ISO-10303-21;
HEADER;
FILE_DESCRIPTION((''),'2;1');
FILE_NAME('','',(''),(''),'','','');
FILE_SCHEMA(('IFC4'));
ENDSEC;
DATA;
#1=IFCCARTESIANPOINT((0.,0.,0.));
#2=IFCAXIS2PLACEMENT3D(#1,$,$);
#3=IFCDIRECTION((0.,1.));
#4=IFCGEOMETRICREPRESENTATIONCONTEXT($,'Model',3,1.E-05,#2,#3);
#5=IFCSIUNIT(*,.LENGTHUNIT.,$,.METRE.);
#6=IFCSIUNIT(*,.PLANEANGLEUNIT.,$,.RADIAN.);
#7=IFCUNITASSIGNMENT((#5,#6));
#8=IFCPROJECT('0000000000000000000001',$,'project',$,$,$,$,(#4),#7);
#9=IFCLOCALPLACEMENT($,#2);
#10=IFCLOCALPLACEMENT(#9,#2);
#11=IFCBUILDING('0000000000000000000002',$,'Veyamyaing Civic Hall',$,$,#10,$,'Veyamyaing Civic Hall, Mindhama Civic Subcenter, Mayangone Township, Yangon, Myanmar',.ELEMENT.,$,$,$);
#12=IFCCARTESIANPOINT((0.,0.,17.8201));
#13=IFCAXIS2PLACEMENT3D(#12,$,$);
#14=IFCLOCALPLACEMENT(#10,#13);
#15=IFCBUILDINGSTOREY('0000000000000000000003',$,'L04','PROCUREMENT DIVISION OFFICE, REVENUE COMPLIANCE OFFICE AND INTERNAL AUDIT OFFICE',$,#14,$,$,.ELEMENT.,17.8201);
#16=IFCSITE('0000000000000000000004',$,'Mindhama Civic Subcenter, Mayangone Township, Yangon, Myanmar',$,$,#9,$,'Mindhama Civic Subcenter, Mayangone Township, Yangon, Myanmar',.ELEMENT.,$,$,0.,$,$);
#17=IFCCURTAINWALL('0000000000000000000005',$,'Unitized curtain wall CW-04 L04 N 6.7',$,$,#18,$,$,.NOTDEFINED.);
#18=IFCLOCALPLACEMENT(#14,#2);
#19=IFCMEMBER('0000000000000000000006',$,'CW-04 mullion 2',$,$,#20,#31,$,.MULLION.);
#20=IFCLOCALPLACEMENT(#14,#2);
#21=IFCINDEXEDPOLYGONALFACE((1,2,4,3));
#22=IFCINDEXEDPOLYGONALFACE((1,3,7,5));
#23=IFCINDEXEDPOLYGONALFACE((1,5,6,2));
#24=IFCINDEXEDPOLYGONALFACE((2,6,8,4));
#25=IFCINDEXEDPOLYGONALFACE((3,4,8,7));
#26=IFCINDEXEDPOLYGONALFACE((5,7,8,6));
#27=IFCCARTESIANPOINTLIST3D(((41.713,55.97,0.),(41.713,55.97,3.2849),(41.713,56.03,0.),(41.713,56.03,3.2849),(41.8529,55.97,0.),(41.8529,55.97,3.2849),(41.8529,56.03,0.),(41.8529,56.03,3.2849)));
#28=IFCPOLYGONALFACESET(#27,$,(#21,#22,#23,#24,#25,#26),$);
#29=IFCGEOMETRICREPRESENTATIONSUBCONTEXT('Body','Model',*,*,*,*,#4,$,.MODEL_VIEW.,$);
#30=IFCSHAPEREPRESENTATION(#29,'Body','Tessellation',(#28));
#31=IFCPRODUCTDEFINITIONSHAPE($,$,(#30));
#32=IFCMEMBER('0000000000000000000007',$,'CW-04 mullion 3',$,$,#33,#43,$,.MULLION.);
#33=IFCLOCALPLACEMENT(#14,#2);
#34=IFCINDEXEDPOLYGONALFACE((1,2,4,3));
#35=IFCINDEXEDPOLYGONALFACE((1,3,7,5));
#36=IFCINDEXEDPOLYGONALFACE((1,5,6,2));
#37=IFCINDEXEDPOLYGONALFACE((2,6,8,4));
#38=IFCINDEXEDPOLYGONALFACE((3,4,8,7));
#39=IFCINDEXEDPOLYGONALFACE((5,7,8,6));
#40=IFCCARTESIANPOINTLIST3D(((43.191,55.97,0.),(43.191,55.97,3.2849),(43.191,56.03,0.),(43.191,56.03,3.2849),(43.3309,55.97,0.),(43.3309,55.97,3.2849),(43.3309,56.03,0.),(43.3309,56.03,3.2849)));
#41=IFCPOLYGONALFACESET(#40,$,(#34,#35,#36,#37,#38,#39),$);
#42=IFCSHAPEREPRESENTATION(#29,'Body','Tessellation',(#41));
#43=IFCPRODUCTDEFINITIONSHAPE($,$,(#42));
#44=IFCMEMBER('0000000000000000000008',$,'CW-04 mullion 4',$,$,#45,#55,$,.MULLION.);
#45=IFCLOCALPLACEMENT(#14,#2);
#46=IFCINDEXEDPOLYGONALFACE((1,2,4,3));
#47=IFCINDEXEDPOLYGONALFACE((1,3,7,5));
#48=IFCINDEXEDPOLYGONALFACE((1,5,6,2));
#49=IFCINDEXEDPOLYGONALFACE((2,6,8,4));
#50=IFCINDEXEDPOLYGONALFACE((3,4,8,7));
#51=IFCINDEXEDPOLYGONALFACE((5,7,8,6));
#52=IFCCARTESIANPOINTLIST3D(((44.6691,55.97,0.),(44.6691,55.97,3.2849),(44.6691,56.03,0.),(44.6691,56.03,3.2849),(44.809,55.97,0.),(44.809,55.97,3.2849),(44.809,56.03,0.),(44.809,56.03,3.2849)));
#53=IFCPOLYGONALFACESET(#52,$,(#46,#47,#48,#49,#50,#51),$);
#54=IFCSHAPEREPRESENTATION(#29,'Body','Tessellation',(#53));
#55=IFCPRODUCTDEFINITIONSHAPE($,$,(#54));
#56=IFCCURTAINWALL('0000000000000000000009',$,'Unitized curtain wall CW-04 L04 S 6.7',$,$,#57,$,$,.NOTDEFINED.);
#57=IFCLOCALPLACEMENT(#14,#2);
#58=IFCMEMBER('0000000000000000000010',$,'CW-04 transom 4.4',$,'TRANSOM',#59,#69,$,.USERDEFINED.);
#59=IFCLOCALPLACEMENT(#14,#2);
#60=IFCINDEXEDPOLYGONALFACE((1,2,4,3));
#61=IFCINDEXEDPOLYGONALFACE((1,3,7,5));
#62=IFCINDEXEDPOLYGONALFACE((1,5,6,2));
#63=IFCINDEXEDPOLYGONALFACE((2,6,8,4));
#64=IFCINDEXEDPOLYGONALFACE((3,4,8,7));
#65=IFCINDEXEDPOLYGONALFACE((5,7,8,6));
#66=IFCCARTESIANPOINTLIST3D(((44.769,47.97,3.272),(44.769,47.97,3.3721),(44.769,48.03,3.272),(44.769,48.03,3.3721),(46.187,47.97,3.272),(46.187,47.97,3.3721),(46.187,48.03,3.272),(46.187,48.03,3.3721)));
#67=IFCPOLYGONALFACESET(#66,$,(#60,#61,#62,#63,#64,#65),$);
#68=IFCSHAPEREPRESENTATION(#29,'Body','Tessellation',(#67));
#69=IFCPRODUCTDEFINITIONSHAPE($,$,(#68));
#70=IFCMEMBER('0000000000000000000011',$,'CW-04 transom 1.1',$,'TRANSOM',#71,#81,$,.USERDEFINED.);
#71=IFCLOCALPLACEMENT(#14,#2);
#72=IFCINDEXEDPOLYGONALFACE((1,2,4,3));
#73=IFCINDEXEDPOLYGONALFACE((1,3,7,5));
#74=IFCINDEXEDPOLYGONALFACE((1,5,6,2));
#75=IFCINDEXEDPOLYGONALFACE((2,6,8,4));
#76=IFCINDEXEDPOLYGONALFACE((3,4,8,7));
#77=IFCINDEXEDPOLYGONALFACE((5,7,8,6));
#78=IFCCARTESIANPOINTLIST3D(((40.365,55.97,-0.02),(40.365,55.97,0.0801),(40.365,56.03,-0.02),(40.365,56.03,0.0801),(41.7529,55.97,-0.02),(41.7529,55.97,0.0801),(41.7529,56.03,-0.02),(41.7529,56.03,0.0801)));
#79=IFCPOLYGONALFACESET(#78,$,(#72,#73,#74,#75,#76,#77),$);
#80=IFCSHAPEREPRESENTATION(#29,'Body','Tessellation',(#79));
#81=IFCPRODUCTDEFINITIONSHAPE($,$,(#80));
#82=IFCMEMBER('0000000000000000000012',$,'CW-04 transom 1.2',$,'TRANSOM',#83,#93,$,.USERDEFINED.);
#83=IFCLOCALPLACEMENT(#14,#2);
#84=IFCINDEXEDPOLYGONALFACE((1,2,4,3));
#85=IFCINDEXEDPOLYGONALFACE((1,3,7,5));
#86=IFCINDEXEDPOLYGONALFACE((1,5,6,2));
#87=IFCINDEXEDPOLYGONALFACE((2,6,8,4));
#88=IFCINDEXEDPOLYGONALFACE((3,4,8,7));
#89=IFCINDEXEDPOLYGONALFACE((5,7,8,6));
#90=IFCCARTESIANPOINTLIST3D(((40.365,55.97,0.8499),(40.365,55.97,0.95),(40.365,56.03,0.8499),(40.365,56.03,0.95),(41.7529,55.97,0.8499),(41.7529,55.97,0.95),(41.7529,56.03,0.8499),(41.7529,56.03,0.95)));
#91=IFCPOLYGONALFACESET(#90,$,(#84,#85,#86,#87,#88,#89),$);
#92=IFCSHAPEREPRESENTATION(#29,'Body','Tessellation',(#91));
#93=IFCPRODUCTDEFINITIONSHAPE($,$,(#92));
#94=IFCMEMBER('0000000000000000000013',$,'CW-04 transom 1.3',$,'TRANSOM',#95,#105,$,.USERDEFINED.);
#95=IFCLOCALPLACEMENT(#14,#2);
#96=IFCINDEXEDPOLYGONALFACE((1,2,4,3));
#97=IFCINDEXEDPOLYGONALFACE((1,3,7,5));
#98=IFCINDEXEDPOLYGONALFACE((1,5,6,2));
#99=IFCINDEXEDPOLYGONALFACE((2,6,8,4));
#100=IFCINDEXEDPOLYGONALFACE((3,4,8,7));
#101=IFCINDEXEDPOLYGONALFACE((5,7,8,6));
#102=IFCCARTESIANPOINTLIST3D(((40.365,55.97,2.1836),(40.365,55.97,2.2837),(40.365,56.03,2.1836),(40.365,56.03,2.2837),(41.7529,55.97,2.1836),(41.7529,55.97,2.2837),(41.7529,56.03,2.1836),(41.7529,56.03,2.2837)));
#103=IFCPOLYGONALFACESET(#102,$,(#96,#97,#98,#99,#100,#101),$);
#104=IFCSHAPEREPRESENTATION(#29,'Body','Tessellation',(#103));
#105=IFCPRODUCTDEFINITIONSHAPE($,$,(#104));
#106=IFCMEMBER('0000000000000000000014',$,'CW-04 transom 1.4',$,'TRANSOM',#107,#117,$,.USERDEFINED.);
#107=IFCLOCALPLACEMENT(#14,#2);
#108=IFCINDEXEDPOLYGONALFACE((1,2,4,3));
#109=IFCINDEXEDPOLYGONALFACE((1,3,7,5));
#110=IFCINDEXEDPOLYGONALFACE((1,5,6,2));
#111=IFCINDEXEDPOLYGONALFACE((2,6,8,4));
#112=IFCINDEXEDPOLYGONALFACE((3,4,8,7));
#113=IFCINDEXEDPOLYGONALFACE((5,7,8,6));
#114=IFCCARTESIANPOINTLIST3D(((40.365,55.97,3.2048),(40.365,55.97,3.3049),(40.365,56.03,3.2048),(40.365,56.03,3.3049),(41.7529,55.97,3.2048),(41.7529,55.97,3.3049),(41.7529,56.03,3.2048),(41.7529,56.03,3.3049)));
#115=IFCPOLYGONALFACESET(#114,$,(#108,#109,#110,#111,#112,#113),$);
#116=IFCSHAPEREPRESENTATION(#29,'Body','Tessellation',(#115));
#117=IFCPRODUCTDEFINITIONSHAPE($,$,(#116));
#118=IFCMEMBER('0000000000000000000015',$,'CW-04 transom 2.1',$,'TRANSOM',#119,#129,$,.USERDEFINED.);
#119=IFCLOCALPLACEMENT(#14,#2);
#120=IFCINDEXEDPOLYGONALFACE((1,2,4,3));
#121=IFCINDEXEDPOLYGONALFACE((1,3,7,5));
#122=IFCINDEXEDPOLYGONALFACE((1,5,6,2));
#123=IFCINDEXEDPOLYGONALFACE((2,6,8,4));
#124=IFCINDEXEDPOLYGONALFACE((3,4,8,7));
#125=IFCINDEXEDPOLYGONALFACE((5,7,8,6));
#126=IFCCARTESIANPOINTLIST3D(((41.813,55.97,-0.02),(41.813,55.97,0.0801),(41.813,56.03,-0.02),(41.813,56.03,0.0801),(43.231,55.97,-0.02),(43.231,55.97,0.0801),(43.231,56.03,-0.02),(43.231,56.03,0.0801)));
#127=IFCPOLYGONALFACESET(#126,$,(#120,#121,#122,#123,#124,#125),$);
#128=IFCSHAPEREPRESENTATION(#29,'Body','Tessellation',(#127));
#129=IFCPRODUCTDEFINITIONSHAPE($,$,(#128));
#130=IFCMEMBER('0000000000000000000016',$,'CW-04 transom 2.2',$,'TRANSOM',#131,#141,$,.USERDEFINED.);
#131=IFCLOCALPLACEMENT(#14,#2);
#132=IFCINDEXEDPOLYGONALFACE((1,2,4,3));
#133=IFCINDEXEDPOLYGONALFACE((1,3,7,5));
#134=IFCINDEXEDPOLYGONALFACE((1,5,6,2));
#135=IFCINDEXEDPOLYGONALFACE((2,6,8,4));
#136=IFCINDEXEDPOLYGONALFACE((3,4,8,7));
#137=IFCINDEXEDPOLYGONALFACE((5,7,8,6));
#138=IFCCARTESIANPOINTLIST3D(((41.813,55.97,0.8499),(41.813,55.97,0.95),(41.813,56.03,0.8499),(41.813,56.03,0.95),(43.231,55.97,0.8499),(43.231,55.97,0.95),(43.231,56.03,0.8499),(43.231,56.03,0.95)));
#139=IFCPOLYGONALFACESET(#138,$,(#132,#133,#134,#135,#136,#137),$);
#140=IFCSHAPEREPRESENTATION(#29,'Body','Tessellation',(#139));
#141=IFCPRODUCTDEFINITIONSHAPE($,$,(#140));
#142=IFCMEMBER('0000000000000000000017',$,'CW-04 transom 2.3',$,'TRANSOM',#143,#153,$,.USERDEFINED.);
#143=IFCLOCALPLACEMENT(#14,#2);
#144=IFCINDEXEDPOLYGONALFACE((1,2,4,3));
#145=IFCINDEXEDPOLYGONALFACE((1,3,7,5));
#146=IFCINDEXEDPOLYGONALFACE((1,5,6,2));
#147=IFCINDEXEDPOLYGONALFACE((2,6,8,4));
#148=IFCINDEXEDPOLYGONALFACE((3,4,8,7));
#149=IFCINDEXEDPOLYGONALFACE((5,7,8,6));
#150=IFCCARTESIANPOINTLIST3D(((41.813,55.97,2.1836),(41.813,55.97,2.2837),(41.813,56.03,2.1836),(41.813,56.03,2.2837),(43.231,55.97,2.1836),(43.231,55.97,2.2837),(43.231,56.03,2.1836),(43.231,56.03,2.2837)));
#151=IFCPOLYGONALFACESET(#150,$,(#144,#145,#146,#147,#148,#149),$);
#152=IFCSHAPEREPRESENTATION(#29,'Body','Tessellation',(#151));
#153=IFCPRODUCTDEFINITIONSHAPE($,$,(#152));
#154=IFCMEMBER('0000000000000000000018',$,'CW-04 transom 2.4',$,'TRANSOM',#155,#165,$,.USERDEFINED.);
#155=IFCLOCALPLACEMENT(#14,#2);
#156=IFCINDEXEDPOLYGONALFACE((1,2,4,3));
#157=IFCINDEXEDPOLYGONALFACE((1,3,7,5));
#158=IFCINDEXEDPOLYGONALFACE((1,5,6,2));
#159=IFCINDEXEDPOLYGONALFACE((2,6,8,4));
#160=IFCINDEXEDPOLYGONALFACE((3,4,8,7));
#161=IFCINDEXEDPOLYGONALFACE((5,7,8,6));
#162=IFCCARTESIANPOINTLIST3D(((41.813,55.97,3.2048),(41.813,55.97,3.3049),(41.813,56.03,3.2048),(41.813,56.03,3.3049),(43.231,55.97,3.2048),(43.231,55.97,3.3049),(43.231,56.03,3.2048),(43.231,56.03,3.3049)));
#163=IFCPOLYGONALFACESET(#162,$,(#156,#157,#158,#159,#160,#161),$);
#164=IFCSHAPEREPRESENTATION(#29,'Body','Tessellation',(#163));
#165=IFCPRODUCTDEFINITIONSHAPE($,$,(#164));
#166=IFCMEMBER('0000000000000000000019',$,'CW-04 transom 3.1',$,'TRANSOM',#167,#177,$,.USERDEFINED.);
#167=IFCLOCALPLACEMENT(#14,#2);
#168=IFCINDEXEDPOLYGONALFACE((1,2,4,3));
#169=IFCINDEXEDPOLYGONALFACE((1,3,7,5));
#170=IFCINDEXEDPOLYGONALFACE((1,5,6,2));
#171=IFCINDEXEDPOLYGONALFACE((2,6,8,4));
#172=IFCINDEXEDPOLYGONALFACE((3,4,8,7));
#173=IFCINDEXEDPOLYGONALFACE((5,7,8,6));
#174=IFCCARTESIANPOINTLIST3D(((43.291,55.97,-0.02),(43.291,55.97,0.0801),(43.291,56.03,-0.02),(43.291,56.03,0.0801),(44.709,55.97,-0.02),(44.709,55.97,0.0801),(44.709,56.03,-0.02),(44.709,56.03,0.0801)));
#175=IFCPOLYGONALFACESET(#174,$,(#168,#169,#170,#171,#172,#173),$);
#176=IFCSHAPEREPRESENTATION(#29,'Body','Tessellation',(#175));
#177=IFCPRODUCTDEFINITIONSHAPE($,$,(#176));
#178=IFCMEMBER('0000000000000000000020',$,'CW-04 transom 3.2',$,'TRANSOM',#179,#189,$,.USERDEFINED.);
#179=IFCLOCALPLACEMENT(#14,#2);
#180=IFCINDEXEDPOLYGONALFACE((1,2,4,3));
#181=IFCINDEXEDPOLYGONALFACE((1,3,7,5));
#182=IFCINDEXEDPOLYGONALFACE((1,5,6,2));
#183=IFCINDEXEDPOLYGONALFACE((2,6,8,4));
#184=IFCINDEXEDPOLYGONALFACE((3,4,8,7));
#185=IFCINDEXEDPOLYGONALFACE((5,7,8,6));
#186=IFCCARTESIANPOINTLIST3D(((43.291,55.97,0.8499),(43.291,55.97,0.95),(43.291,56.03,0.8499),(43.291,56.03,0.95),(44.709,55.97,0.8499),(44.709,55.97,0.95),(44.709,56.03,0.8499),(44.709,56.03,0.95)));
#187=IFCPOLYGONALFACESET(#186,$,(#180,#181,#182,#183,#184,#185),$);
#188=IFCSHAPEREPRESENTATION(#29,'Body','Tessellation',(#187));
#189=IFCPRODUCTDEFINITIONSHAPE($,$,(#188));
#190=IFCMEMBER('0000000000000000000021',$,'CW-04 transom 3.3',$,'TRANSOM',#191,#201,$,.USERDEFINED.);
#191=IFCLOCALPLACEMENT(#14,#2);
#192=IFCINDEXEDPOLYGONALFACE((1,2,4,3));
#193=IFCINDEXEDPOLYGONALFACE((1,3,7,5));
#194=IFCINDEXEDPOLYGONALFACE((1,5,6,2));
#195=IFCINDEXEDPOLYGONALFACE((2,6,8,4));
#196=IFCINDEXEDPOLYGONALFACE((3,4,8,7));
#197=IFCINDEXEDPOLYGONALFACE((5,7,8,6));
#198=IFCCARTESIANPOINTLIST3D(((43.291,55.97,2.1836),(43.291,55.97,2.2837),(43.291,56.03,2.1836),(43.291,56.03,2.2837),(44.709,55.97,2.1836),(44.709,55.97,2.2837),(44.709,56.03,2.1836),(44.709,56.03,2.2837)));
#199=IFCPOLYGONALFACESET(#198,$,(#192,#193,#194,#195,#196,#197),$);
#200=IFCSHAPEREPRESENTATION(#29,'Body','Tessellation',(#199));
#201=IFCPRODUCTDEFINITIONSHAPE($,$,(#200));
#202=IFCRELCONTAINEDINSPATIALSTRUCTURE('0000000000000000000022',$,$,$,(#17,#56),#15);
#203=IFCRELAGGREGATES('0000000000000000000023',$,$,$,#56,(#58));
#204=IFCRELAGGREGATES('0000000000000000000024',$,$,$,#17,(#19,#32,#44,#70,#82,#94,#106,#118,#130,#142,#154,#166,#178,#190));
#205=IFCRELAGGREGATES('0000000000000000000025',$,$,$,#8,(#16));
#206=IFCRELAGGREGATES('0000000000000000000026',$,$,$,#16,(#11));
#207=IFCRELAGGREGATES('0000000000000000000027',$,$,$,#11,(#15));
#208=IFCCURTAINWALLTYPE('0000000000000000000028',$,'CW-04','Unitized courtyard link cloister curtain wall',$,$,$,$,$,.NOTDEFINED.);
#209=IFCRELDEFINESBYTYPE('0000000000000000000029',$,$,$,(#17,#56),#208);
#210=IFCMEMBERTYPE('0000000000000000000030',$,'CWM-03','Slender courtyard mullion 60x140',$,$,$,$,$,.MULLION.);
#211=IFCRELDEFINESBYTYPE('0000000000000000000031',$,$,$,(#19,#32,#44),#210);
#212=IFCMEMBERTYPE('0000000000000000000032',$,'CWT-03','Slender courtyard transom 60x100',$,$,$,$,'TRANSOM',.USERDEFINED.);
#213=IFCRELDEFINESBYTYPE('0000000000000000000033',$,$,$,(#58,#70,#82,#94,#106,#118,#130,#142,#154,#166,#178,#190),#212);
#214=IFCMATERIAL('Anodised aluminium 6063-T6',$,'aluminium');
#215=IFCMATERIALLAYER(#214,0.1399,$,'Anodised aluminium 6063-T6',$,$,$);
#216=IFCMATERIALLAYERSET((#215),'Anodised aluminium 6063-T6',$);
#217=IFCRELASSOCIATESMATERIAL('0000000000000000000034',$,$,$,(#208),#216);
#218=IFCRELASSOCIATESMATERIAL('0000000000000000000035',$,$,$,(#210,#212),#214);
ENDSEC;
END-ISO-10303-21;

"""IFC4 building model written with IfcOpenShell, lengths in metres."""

from ifc_helpers import new_model, si_unit, direction, frame, origin, origin_2d, place, context, subcontext, project, spatial, rectangle, extrude, material, layer, layer_set, material_profile, profile_set, type_object, element, aggregate, save


model = new_model("IFC4")

# Units and contexts
model_context = context("Model", 3, precision=1e-05, world=origin(), true_north=direction((0.0, 1.0)))
body_context = subcontext(model_context, "Body", "Model", "MODEL_VIEW")
ifc_project = project(units=[si_unit("LENGTHUNIT", "METRE"), si_unit("PLANEANGLEUNIT", "RADIAN")], contexts=[model_context])

# Site, building, storey
site_placement = place(None, origin())
site = spatial("IfcSite", under=ifc_project, at=site_placement, Name="Mindhama Civic Subcenter, Mayangone Township, Yangon, Myanmar", LongName="Mindhama Civic Subcenter, Mayangone Township, Yangon, Myanmar", CompositionType="ELEMENT", RefElevation=0.0)
building_placement = place(site_placement, origin())
building = spatial("IfcBuilding", under=site, at=building_placement, Name="Veyamyaing Civic Hall", LongName="Veyamyaing Civic Hall, Mindhama Civic Subcenter, Mayangone Township, Yangon, Myanmar", CompositionType="ELEMENT")
storey_placement = place(building_placement, frame((0.0, 0.0, 17.8201)))
storey = spatial("IfcBuildingStorey", under=building, at=storey_placement, Name="L04", Description="PROCUREMENT DIVISION OFFICE, REVENUE COMPLIANCE OFFICE AND INTERNAL AUDIT OFFICE", CompositionType="ELEMENT", Elevation=17.8201)

# Curtain wall, members
ifc_material_1 = material(Name="Anodised aluminium 6063-T6", Category="aluminium")
ifc_layer_1 = layer(ifc_material_1, 0.1399, Name="Anodised aluminium 6063-T6")
ifc_layer_set_1 = layer_set([ifc_layer_1], Name="Anodised aluminium 6063-T6")
curtain_wall_type = type_object("IfcCurtainWallType", Name="CW-04", Description="Unitized courtyard link cloister curtain wall", PredefinedType="NOTDEFINED", material=ifc_layer_set_1)
curtain_wall_1_placement = place(storey_placement, origin())
curtain_wall_1 = element("IfcCurtainWall", 1, at=curtain_wall_1_placement, inside=storey, type_object=curtain_wall_type, Name="Unitized curtain wall CW-04 L04 N 6.7", PredefinedType="NOTDEFINED")
ifc_material_profile_1 = material_profile(ifc_material_1, rectangle(XDim=0.0601, YDim=0.1399, at=origin_2d()), Name="ALU-MUL-60X140")
ifc_profile_set_1 = profile_set([ifc_material_profile_1], Name="Anodised aluminium 6063-T6")
member_type_1 = type_object("IfcMemberType", Name="CWM-03", Description="Slender courtyard mullion 60x140", PredefinedType="MULLION", material=ifc_profile_set_1)
member_1_placement = place(storey_placement, frame((41.783, 56.0, 0.0), z_axis=(0.0, 0.0, 1.0), x_axis=(0.0, 1.0, 0.0)))
member_1 = element("IfcMember", 2, at=member_1_placement, type_object=member_type_1, Name="CW-04 mullion 2", PredefinedType="MULLION", context=body_context, shape_type="SweptSolid", body=[
    extrude(rectangle(XDim=0.0601, YDim=0.1399, at=origin_2d()), origin(), (0.0, 0.0, 1.0), 3.2849),
])
member_2_placement = place(storey_placement, frame((43.261, 56.0, 0.0), z_axis=(0.0, 0.0, 1.0), x_axis=(0.0, 1.0, 0.0)))
member_2 = element("IfcMember", 3, at=member_2_placement, type_object=member_type_1, Name="CW-04 mullion 3", PredefinedType="MULLION", context=body_context, shape_type="SweptSolid", body=[
    extrude(rectangle(XDim=0.0601, YDim=0.1399, at=origin_2d()), origin(), (0.0, 0.0, 1.0), 3.2849),
])
member_3_placement = place(storey_placement, frame((44.739, 56.0, 0.0), z_axis=(0.0, 0.0, 1.0), x_axis=(0.0, 1.0, 0.0)))
member_3 = element("IfcMember", 4, at=member_3_placement, type_object=member_type_1, Name="CW-04 mullion 4", PredefinedType="MULLION", context=body_context, shape_type="SweptSolid", body=[
    extrude(rectangle(XDim=0.0601, YDim=0.1399, at=origin_2d()), origin(), (0.0, 0.0, 1.0), 3.2849),
])

# Curtain wall, member
curtain_wall_2_placement = place(storey_placement, origin())
curtain_wall_2 = element("IfcCurtainWall", 5, at=curtain_wall_2_placement, inside=storey, type_object=curtain_wall_type, Name="Unitized curtain wall CW-04 L04 S 6.7", PredefinedType="NOTDEFINED")
ifc_material_profile_2 = material_profile(ifc_material_1, rectangle(XDim=0.0601, YDim=0.1001, at=origin_2d()), Name="ALU-TRN-60X100")
ifc_profile_set_2 = profile_set([ifc_material_profile_2], Name="Anodised aluminium 6063-T6")
member_type_2 = type_object("IfcMemberType", Name="CWT-03", Description="Slender courtyard transom 60x100", ElementType="TRANSOM", PredefinedType="USERDEFINED", material=ifc_profile_set_2)
member_4_placement = place(storey_placement, frame((44.769, 48.0, 3.322), z_axis=(1.0, 0.0, 0.0), x_axis=(0.0, 1.0, 0.0)))
member_4 = element("IfcMember", 6, at=member_4_placement, type_object=member_type_2, Name="CW-04 transom 4.4", ObjectType="TRANSOM", PredefinedType="USERDEFINED", context=body_context, shape_type="SweptSolid", body=[
    extrude(rectangle(XDim=0.0601, YDim=0.1001, at=origin_2d()), origin(), (0.0, 0.0, 1.0), 1.418),
])
aggregate(curtain_wall_2, [member_4])

# Members
member_5_placement = place(storey_placement, frame((40.365, 56.0, 0.03), z_axis=(1.0, 0.0, 0.0), x_axis=(0.0, 1.0, 0.0)))
member_5 = element("IfcMember", 7, at=member_5_placement, type_object=member_type_2, Name="CW-04 transom 1.1", ObjectType="TRANSOM", PredefinedType="USERDEFINED", context=body_context, shape_type="SweptSolid", body=[
    extrude(rectangle(XDim=0.0601, YDim=0.1001, at=origin_2d()), origin(), (0.0, 0.0, 1.0), 1.3879),
])
member_6_placement = place(storey_placement, frame((40.365, 56.0, 0.8999), z_axis=(1.0, 0.0, 0.0), x_axis=(0.0, 1.0, 0.0)))
member_6 = element("IfcMember", 8, at=member_6_placement, type_object=member_type_2, Name="CW-04 transom 1.2", ObjectType="TRANSOM", PredefinedType="USERDEFINED", context=body_context, shape_type="SweptSolid", body=[
    extrude(rectangle(XDim=0.0601, YDim=0.1001, at=origin_2d()), origin(), (0.0, 0.0, 1.0), 1.3879),
])
member_7_placement = place(storey_placement, frame((40.365, 56.0, 2.2336), z_axis=(1.0, 0.0, 0.0), x_axis=(0.0, 1.0, 0.0)))
member_7 = element("IfcMember", 9, at=member_7_placement, type_object=member_type_2, Name="CW-04 transom 1.3", ObjectType="TRANSOM", PredefinedType="USERDEFINED", context=body_context, shape_type="SweptSolid", body=[
    extrude(rectangle(XDim=0.0601, YDim=0.1001, at=origin_2d()), origin(), (0.0, 0.0, 1.0), 1.3879),
])
member_8_placement = place(storey_placement, frame((40.365, 56.0, 3.2549), z_axis=(1.0, 0.0, 0.0), x_axis=(0.0, 1.0, 0.0)))
member_8 = element("IfcMember", 10, at=member_8_placement, type_object=member_type_2, Name="CW-04 transom 1.4", ObjectType="TRANSOM", PredefinedType="USERDEFINED", context=body_context, shape_type="SweptSolid", body=[
    extrude(rectangle(XDim=0.0601, YDim=0.1001, at=origin_2d()), origin(), (0.0, 0.0, 1.0), 1.3879),
])
member_9_placement = place(storey_placement, frame((41.813, 56.0, 0.03), z_axis=(1.0, 0.0, 0.0), x_axis=(0.0, 1.0, 0.0)))
member_9 = element("IfcMember", 11, at=member_9_placement, type_object=member_type_2, Name="CW-04 transom 2.1", ObjectType="TRANSOM", PredefinedType="USERDEFINED", context=body_context, shape_type="SweptSolid", body=[
    extrude(rectangle(XDim=0.0601, YDim=0.1001, at=origin_2d()), origin(), (0.0, 0.0, 1.0), 1.418),
])
member_10_placement = place(storey_placement, frame((41.813, 56.0, 0.8999), z_axis=(1.0, 0.0, 0.0), x_axis=(0.0, 1.0, 0.0)))
member_10 = element("IfcMember", 12, at=member_10_placement, type_object=member_type_2, Name="CW-04 transom 2.2", ObjectType="TRANSOM", PredefinedType="USERDEFINED", context=body_context, shape_type="SweptSolid", body=[
    extrude(rectangle(XDim=0.0601, YDim=0.1001, at=origin_2d()), origin(), (0.0, 0.0, 1.0), 1.418),
])
member_11_placement = place(storey_placement, frame((41.813, 56.0, 2.2336), z_axis=(1.0, 0.0, 0.0), x_axis=(0.0, 1.0, 0.0)))
member_11 = element("IfcMember", 13, at=member_11_placement, type_object=member_type_2, Name="CW-04 transom 2.3", ObjectType="TRANSOM", PredefinedType="USERDEFINED", context=body_context, shape_type="SweptSolid", body=[
    extrude(rectangle(XDim=0.0601, YDim=0.1001, at=origin_2d()), origin(), (0.0, 0.0, 1.0), 1.418),
])
member_12_placement = place(storey_placement, frame((41.813, 56.0, 3.2549), z_axis=(1.0, 0.0, 0.0), x_axis=(0.0, 1.0, 0.0)))
member_12 = element("IfcMember", 14, at=member_12_placement, type_object=member_type_2, Name="CW-04 transom 2.4", ObjectType="TRANSOM", PredefinedType="USERDEFINED", context=body_context, shape_type="SweptSolid", body=[
    extrude(rectangle(XDim=0.0601, YDim=0.1001, at=origin_2d()), origin(), (0.0, 0.0, 1.0), 1.418),
])
member_13_placement = place(storey_placement, frame((43.291, 56.0, 0.03), z_axis=(1.0, 0.0, 0.0), x_axis=(0.0, 1.0, 0.0)))
member_13 = element("IfcMember", 15, at=member_13_placement, type_object=member_type_2, Name="CW-04 transom 3.1", ObjectType="TRANSOM", PredefinedType="USERDEFINED", context=body_context, shape_type="SweptSolid", body=[
    extrude(rectangle(XDim=0.0601, YDim=0.1001, at=origin_2d()), origin(), (0.0, 0.0, 1.0), 1.418),
])
member_14_placement = place(storey_placement, frame((43.291, 56.0, 0.8999), z_axis=(1.0, 0.0, 0.0), x_axis=(0.0, 1.0, 0.0)))
member_14 = element("IfcMember", 16, at=member_14_placement, type_object=member_type_2, Name="CW-04 transom 3.2", ObjectType="TRANSOM", PredefinedType="USERDEFINED", context=body_context, shape_type="SweptSolid", body=[
    extrude(rectangle(XDim=0.0601, YDim=0.1001, at=origin_2d()), origin(), (0.0, 0.0, 1.0), 1.418),
])
member_15_placement = place(storey_placement, frame((43.291, 56.0, 2.2336), z_axis=(1.0, 0.0, 0.0), x_axis=(0.0, 1.0, 0.0)))
member_15 = element("IfcMember", 17, at=member_15_placement, type_object=member_type_2, Name="CW-04 transom 3.3", ObjectType="TRANSOM", PredefinedType="USERDEFINED", context=body_context, shape_type="SweptSolid", body=[
    extrude(rectangle(XDim=0.0601, YDim=0.1001, at=origin_2d()), origin(), (0.0, 0.0, 1.0), 1.418),
])

aggregate(curtain_wall_1, [member_1, member_2, member_3, member_5, member_6, member_7, member_8, member_9, member_10, member_11, member_12, member_13, member_14, member_15])

save(model, "model.ifc")
